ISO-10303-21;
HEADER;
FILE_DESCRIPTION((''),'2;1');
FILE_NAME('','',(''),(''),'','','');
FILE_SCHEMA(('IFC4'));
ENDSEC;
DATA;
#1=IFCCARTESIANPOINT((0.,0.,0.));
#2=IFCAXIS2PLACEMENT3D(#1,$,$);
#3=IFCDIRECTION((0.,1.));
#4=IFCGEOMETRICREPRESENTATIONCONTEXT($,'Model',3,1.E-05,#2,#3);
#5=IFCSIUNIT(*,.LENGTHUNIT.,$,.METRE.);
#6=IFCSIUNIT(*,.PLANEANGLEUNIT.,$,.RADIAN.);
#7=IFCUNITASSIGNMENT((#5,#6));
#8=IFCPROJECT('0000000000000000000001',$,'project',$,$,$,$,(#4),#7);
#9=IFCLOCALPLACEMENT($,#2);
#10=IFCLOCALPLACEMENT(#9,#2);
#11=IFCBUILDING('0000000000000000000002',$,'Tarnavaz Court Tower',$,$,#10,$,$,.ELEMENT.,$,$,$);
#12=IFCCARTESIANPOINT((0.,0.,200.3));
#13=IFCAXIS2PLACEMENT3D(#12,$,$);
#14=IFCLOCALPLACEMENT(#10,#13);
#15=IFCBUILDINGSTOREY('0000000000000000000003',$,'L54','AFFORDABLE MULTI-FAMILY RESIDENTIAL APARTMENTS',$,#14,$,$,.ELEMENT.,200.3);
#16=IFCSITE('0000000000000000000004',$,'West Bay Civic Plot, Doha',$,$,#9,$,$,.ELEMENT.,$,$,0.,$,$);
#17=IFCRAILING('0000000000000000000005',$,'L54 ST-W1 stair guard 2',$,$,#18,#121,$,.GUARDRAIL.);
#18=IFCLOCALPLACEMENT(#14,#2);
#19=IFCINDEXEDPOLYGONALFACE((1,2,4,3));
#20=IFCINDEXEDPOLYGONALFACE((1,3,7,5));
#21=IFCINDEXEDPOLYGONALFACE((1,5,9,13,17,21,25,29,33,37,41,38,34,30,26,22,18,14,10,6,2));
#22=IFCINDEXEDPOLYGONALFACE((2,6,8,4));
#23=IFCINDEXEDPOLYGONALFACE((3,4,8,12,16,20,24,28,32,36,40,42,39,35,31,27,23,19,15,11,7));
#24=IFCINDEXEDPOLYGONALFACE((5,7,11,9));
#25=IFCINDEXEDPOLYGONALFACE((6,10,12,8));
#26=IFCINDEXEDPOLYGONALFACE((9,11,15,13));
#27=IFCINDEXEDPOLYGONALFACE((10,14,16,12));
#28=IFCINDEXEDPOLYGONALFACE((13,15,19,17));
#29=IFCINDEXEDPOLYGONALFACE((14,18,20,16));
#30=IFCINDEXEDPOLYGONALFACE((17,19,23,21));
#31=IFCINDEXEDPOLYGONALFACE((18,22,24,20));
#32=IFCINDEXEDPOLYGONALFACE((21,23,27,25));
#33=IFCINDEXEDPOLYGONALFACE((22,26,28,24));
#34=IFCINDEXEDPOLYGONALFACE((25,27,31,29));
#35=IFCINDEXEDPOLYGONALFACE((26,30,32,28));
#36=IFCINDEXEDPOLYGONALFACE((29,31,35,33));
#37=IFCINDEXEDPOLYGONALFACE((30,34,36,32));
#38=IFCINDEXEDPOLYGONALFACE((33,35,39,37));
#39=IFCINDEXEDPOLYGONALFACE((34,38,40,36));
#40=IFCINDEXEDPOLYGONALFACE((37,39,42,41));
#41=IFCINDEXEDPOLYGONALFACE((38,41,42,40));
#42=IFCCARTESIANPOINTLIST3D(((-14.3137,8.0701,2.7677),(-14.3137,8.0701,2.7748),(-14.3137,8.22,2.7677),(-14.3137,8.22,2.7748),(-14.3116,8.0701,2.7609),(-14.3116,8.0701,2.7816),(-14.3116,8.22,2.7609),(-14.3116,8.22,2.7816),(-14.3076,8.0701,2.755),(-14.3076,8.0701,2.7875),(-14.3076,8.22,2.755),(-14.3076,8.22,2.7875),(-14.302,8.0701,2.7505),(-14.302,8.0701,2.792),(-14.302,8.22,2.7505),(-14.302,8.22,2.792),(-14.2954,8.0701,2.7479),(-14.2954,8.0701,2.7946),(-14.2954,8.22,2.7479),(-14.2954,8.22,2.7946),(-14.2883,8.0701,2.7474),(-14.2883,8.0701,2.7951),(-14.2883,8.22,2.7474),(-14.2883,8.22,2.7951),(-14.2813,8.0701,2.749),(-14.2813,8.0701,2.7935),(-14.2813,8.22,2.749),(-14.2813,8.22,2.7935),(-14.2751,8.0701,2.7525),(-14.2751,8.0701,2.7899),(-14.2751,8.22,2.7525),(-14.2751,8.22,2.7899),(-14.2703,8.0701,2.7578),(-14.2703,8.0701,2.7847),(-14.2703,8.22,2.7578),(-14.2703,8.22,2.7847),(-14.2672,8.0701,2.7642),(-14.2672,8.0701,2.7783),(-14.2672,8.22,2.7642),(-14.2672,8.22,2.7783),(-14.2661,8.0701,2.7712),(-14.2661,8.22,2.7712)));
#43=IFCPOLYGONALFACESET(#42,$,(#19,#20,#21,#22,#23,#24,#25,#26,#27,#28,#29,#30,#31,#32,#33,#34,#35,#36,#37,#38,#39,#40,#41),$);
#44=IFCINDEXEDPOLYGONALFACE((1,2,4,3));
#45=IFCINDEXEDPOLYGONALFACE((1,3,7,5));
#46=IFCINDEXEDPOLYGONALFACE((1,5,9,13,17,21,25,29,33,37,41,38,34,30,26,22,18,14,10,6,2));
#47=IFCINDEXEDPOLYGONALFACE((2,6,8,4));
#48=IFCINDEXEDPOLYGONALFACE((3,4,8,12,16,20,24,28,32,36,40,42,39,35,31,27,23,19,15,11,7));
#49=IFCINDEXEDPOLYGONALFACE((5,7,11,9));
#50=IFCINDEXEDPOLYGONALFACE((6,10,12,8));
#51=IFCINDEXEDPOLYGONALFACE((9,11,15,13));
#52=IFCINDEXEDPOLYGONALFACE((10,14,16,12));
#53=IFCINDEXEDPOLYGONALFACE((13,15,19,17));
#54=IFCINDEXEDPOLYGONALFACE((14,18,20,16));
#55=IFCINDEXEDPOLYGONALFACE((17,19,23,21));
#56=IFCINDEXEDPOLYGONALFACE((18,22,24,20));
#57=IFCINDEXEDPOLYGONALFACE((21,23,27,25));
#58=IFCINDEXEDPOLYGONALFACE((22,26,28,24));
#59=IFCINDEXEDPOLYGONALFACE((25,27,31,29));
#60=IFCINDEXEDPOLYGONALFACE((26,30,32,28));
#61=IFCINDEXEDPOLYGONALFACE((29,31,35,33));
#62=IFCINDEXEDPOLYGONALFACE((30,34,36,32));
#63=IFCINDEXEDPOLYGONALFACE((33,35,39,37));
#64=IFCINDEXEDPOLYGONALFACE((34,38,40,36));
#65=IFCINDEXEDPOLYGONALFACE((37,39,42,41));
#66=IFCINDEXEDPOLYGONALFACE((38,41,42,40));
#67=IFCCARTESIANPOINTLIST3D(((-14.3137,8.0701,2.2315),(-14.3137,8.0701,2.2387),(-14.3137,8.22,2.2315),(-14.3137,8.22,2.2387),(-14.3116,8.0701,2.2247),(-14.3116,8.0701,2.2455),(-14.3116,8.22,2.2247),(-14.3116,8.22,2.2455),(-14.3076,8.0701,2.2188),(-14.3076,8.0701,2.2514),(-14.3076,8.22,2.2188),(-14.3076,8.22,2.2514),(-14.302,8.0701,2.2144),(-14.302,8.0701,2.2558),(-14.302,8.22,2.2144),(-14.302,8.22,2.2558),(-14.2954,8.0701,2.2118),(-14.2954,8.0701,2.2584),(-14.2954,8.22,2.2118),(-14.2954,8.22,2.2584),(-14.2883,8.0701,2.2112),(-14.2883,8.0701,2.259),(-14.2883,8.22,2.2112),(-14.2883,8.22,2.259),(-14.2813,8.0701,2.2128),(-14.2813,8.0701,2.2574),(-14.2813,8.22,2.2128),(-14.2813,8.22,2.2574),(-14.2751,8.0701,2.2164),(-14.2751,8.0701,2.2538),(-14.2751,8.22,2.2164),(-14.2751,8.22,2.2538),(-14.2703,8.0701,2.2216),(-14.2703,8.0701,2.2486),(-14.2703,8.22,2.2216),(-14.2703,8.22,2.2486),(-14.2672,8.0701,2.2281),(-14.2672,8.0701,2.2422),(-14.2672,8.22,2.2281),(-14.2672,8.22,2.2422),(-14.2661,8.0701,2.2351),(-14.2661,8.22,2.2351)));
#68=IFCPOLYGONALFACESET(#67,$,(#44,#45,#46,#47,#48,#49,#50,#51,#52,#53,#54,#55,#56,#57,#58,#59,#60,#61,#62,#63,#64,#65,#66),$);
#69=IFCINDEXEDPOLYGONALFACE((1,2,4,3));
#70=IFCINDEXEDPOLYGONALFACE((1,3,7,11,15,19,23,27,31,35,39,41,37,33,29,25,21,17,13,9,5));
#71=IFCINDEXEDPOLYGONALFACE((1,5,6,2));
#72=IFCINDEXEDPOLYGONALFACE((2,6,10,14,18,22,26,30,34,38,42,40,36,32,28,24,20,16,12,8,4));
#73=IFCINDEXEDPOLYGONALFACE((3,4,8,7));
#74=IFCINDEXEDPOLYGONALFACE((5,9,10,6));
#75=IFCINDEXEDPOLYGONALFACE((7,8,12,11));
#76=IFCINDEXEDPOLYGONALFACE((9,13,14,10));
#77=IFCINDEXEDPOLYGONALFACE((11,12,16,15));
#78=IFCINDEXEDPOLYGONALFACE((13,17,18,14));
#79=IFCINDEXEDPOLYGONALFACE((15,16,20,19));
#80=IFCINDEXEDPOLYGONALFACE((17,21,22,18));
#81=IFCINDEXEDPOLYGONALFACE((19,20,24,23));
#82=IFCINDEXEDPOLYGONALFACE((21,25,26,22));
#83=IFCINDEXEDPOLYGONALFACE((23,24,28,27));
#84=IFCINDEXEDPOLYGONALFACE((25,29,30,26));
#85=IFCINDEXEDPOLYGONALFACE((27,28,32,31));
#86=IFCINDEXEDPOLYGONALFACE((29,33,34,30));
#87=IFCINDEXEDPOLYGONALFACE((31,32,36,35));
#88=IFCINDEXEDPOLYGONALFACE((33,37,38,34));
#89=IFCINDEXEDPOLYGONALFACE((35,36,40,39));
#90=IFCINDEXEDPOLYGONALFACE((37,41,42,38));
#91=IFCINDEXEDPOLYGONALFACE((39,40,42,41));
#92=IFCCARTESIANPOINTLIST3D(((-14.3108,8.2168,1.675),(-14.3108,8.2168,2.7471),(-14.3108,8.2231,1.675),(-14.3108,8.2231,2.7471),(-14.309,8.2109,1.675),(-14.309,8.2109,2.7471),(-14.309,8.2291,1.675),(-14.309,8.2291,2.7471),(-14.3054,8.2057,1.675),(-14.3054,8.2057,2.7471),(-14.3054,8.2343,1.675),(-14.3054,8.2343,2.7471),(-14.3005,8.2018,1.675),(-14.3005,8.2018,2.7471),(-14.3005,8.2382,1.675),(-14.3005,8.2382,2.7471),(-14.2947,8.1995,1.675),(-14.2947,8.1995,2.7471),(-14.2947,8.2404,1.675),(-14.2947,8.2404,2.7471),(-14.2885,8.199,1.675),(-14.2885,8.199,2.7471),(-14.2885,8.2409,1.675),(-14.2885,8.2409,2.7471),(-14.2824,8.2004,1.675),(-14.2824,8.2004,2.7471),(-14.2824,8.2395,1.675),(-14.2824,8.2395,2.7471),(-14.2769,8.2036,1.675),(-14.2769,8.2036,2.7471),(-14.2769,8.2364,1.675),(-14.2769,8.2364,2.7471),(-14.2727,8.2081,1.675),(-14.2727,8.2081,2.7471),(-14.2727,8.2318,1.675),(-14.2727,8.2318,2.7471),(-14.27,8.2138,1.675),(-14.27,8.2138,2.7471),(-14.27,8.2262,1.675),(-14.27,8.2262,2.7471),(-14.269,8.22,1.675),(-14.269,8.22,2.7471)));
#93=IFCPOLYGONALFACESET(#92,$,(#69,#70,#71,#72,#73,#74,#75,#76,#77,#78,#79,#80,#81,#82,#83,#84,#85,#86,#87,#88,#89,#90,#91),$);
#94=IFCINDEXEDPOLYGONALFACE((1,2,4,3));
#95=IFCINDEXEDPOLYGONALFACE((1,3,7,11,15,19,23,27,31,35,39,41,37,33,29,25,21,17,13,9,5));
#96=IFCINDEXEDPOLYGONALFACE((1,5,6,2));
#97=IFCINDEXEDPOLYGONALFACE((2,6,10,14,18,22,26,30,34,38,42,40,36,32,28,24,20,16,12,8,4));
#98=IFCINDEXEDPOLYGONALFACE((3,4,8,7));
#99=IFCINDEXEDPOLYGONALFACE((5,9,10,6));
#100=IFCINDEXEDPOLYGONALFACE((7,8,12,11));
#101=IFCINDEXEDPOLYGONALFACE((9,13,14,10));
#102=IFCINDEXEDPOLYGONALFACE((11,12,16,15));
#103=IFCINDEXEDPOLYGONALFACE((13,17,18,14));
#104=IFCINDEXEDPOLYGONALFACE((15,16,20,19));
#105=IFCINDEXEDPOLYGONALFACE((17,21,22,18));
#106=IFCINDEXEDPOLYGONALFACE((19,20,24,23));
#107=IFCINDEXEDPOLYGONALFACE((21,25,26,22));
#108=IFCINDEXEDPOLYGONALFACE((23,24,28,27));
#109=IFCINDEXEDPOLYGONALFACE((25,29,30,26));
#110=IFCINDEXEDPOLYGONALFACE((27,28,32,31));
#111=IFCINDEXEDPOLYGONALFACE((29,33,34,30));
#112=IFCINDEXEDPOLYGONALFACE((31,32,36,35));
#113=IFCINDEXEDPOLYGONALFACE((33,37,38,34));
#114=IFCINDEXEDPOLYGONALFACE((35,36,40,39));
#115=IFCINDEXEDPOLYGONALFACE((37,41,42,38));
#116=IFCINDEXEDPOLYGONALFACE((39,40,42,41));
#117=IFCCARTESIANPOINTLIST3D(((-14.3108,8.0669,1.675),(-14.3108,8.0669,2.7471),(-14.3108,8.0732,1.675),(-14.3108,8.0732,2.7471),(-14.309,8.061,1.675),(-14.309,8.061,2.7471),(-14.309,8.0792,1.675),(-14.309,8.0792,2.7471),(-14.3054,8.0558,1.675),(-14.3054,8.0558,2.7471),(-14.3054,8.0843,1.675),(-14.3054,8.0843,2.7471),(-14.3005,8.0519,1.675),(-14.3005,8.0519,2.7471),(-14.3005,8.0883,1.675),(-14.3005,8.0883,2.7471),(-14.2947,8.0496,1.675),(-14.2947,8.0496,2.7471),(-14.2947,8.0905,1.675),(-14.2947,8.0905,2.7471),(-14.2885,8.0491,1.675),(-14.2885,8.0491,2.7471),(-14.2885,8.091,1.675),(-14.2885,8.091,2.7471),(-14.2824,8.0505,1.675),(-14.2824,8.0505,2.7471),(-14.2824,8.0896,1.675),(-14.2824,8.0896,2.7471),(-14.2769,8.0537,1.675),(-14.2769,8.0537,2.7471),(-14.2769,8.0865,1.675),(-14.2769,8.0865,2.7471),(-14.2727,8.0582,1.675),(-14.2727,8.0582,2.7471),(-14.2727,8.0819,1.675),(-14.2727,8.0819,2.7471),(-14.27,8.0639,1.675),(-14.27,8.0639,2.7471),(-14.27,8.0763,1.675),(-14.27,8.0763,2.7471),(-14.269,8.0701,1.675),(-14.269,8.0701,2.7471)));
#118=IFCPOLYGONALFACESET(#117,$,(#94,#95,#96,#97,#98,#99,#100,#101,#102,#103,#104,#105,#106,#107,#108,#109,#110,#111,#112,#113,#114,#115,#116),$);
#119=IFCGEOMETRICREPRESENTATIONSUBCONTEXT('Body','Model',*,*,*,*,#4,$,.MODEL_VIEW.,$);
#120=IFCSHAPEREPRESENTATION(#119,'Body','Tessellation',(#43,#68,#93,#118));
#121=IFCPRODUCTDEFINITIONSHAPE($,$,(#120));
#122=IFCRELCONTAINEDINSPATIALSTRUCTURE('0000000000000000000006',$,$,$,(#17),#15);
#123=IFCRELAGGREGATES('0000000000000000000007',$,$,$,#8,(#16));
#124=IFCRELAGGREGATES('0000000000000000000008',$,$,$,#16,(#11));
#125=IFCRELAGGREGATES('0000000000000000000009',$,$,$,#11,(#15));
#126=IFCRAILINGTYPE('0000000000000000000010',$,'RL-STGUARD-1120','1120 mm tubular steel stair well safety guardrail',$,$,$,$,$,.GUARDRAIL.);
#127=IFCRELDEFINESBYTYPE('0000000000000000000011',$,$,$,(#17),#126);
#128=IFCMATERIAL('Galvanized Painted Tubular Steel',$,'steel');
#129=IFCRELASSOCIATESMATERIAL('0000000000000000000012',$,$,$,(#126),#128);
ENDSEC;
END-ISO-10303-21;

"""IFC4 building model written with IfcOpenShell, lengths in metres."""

from ifc_helpers import new_model, si_unit, direction, frame, origin, origin_2d, place, context, subcontext, project, spatial, circle, extrude, material, type_object, element, save


model = new_model("IFC4")

# Units and contexts
model_context = context("Model", 3, precision=1e-05, world=origin(), true_north=direction((0.0, 1.0)))
body_context = subcontext(model_context, "Body", "Model", "MODEL_VIEW")
ifc_project = project(units=[si_unit("LENGTHUNIT", "METRE"), si_unit("PLANEANGLEUNIT", "RADIAN")], contexts=[model_context])

# Site, building, storey
site_placement = place(None, origin())
site = spatial("IfcSite", under=ifc_project, at=site_placement, Name="West Bay Civic Plot, Doha", CompositionType="ELEMENT", RefElevation=0.0)
building_placement = place(site_placement, origin())
building = spatial("IfcBuilding", under=site, at=building_placement, Name="Tarnavaz Court Tower", CompositionType="ELEMENT")
storey_placement = place(building_placement, frame((0.0, 0.0, 200.3)))
storey = spatial("IfcBuildingStorey", under=building, at=storey_placement, Name="L54", Description="AFFORDABLE MULTI-FAMILY RESIDENTIAL APARTMENTS", CompositionType="ELEMENT", Elevation=200.3)

# Railing
ifc_material_1 = material(Name="Galvanized Painted Tubular Steel", Category="steel")
railing_type_1 = type_object("IfcRailingType", Name="RL-STGUARD-1120", Description="1120 mm tubular steel stair well safety guardrail", PredefinedType="GUARDRAIL", material=ifc_material_1)
railing_1_placement = place(storey_placement, frame((-14.29, 8.22, 1.675)))
element("IfcRailing", 1, at=railing_1_placement, inside=storey, type_object=railing_type_1, Name="L54 ST-W1 stair guard 2", PredefinedType="GUARDRAIL", context=body_context, shape_type="SweptSolid", body=[
    extrude(circle(Radius=0.0239, at=origin_2d()), frame((0.0, 0.0, 1.0962), z_axis=(0.0, -1.0, 0.0), x_axis=(1.0, 0.0, 0.0)), (0.0, 0.0, 1.0), 0.1499),
    extrude(circle(Radius=0.0239, at=origin_2d()), frame((0.0, 0.0, 0.5601), z_axis=(0.0, -1.0, 0.0), x_axis=(1.0, 0.0, 0.0)), (0.0, 0.0, 1.0), 0.1499),
    extrude(circle(Radius=0.021, at=origin_2d()), origin(), (0.0, 0.0, 1.0), 1.072),
    extrude(circle(Radius=0.021, at=origin_2d()), frame((0.0, -0.1499, 0.0)), (0.0, 0.0, 1.0), 1.072),
])

save(model, "model.ifc")
